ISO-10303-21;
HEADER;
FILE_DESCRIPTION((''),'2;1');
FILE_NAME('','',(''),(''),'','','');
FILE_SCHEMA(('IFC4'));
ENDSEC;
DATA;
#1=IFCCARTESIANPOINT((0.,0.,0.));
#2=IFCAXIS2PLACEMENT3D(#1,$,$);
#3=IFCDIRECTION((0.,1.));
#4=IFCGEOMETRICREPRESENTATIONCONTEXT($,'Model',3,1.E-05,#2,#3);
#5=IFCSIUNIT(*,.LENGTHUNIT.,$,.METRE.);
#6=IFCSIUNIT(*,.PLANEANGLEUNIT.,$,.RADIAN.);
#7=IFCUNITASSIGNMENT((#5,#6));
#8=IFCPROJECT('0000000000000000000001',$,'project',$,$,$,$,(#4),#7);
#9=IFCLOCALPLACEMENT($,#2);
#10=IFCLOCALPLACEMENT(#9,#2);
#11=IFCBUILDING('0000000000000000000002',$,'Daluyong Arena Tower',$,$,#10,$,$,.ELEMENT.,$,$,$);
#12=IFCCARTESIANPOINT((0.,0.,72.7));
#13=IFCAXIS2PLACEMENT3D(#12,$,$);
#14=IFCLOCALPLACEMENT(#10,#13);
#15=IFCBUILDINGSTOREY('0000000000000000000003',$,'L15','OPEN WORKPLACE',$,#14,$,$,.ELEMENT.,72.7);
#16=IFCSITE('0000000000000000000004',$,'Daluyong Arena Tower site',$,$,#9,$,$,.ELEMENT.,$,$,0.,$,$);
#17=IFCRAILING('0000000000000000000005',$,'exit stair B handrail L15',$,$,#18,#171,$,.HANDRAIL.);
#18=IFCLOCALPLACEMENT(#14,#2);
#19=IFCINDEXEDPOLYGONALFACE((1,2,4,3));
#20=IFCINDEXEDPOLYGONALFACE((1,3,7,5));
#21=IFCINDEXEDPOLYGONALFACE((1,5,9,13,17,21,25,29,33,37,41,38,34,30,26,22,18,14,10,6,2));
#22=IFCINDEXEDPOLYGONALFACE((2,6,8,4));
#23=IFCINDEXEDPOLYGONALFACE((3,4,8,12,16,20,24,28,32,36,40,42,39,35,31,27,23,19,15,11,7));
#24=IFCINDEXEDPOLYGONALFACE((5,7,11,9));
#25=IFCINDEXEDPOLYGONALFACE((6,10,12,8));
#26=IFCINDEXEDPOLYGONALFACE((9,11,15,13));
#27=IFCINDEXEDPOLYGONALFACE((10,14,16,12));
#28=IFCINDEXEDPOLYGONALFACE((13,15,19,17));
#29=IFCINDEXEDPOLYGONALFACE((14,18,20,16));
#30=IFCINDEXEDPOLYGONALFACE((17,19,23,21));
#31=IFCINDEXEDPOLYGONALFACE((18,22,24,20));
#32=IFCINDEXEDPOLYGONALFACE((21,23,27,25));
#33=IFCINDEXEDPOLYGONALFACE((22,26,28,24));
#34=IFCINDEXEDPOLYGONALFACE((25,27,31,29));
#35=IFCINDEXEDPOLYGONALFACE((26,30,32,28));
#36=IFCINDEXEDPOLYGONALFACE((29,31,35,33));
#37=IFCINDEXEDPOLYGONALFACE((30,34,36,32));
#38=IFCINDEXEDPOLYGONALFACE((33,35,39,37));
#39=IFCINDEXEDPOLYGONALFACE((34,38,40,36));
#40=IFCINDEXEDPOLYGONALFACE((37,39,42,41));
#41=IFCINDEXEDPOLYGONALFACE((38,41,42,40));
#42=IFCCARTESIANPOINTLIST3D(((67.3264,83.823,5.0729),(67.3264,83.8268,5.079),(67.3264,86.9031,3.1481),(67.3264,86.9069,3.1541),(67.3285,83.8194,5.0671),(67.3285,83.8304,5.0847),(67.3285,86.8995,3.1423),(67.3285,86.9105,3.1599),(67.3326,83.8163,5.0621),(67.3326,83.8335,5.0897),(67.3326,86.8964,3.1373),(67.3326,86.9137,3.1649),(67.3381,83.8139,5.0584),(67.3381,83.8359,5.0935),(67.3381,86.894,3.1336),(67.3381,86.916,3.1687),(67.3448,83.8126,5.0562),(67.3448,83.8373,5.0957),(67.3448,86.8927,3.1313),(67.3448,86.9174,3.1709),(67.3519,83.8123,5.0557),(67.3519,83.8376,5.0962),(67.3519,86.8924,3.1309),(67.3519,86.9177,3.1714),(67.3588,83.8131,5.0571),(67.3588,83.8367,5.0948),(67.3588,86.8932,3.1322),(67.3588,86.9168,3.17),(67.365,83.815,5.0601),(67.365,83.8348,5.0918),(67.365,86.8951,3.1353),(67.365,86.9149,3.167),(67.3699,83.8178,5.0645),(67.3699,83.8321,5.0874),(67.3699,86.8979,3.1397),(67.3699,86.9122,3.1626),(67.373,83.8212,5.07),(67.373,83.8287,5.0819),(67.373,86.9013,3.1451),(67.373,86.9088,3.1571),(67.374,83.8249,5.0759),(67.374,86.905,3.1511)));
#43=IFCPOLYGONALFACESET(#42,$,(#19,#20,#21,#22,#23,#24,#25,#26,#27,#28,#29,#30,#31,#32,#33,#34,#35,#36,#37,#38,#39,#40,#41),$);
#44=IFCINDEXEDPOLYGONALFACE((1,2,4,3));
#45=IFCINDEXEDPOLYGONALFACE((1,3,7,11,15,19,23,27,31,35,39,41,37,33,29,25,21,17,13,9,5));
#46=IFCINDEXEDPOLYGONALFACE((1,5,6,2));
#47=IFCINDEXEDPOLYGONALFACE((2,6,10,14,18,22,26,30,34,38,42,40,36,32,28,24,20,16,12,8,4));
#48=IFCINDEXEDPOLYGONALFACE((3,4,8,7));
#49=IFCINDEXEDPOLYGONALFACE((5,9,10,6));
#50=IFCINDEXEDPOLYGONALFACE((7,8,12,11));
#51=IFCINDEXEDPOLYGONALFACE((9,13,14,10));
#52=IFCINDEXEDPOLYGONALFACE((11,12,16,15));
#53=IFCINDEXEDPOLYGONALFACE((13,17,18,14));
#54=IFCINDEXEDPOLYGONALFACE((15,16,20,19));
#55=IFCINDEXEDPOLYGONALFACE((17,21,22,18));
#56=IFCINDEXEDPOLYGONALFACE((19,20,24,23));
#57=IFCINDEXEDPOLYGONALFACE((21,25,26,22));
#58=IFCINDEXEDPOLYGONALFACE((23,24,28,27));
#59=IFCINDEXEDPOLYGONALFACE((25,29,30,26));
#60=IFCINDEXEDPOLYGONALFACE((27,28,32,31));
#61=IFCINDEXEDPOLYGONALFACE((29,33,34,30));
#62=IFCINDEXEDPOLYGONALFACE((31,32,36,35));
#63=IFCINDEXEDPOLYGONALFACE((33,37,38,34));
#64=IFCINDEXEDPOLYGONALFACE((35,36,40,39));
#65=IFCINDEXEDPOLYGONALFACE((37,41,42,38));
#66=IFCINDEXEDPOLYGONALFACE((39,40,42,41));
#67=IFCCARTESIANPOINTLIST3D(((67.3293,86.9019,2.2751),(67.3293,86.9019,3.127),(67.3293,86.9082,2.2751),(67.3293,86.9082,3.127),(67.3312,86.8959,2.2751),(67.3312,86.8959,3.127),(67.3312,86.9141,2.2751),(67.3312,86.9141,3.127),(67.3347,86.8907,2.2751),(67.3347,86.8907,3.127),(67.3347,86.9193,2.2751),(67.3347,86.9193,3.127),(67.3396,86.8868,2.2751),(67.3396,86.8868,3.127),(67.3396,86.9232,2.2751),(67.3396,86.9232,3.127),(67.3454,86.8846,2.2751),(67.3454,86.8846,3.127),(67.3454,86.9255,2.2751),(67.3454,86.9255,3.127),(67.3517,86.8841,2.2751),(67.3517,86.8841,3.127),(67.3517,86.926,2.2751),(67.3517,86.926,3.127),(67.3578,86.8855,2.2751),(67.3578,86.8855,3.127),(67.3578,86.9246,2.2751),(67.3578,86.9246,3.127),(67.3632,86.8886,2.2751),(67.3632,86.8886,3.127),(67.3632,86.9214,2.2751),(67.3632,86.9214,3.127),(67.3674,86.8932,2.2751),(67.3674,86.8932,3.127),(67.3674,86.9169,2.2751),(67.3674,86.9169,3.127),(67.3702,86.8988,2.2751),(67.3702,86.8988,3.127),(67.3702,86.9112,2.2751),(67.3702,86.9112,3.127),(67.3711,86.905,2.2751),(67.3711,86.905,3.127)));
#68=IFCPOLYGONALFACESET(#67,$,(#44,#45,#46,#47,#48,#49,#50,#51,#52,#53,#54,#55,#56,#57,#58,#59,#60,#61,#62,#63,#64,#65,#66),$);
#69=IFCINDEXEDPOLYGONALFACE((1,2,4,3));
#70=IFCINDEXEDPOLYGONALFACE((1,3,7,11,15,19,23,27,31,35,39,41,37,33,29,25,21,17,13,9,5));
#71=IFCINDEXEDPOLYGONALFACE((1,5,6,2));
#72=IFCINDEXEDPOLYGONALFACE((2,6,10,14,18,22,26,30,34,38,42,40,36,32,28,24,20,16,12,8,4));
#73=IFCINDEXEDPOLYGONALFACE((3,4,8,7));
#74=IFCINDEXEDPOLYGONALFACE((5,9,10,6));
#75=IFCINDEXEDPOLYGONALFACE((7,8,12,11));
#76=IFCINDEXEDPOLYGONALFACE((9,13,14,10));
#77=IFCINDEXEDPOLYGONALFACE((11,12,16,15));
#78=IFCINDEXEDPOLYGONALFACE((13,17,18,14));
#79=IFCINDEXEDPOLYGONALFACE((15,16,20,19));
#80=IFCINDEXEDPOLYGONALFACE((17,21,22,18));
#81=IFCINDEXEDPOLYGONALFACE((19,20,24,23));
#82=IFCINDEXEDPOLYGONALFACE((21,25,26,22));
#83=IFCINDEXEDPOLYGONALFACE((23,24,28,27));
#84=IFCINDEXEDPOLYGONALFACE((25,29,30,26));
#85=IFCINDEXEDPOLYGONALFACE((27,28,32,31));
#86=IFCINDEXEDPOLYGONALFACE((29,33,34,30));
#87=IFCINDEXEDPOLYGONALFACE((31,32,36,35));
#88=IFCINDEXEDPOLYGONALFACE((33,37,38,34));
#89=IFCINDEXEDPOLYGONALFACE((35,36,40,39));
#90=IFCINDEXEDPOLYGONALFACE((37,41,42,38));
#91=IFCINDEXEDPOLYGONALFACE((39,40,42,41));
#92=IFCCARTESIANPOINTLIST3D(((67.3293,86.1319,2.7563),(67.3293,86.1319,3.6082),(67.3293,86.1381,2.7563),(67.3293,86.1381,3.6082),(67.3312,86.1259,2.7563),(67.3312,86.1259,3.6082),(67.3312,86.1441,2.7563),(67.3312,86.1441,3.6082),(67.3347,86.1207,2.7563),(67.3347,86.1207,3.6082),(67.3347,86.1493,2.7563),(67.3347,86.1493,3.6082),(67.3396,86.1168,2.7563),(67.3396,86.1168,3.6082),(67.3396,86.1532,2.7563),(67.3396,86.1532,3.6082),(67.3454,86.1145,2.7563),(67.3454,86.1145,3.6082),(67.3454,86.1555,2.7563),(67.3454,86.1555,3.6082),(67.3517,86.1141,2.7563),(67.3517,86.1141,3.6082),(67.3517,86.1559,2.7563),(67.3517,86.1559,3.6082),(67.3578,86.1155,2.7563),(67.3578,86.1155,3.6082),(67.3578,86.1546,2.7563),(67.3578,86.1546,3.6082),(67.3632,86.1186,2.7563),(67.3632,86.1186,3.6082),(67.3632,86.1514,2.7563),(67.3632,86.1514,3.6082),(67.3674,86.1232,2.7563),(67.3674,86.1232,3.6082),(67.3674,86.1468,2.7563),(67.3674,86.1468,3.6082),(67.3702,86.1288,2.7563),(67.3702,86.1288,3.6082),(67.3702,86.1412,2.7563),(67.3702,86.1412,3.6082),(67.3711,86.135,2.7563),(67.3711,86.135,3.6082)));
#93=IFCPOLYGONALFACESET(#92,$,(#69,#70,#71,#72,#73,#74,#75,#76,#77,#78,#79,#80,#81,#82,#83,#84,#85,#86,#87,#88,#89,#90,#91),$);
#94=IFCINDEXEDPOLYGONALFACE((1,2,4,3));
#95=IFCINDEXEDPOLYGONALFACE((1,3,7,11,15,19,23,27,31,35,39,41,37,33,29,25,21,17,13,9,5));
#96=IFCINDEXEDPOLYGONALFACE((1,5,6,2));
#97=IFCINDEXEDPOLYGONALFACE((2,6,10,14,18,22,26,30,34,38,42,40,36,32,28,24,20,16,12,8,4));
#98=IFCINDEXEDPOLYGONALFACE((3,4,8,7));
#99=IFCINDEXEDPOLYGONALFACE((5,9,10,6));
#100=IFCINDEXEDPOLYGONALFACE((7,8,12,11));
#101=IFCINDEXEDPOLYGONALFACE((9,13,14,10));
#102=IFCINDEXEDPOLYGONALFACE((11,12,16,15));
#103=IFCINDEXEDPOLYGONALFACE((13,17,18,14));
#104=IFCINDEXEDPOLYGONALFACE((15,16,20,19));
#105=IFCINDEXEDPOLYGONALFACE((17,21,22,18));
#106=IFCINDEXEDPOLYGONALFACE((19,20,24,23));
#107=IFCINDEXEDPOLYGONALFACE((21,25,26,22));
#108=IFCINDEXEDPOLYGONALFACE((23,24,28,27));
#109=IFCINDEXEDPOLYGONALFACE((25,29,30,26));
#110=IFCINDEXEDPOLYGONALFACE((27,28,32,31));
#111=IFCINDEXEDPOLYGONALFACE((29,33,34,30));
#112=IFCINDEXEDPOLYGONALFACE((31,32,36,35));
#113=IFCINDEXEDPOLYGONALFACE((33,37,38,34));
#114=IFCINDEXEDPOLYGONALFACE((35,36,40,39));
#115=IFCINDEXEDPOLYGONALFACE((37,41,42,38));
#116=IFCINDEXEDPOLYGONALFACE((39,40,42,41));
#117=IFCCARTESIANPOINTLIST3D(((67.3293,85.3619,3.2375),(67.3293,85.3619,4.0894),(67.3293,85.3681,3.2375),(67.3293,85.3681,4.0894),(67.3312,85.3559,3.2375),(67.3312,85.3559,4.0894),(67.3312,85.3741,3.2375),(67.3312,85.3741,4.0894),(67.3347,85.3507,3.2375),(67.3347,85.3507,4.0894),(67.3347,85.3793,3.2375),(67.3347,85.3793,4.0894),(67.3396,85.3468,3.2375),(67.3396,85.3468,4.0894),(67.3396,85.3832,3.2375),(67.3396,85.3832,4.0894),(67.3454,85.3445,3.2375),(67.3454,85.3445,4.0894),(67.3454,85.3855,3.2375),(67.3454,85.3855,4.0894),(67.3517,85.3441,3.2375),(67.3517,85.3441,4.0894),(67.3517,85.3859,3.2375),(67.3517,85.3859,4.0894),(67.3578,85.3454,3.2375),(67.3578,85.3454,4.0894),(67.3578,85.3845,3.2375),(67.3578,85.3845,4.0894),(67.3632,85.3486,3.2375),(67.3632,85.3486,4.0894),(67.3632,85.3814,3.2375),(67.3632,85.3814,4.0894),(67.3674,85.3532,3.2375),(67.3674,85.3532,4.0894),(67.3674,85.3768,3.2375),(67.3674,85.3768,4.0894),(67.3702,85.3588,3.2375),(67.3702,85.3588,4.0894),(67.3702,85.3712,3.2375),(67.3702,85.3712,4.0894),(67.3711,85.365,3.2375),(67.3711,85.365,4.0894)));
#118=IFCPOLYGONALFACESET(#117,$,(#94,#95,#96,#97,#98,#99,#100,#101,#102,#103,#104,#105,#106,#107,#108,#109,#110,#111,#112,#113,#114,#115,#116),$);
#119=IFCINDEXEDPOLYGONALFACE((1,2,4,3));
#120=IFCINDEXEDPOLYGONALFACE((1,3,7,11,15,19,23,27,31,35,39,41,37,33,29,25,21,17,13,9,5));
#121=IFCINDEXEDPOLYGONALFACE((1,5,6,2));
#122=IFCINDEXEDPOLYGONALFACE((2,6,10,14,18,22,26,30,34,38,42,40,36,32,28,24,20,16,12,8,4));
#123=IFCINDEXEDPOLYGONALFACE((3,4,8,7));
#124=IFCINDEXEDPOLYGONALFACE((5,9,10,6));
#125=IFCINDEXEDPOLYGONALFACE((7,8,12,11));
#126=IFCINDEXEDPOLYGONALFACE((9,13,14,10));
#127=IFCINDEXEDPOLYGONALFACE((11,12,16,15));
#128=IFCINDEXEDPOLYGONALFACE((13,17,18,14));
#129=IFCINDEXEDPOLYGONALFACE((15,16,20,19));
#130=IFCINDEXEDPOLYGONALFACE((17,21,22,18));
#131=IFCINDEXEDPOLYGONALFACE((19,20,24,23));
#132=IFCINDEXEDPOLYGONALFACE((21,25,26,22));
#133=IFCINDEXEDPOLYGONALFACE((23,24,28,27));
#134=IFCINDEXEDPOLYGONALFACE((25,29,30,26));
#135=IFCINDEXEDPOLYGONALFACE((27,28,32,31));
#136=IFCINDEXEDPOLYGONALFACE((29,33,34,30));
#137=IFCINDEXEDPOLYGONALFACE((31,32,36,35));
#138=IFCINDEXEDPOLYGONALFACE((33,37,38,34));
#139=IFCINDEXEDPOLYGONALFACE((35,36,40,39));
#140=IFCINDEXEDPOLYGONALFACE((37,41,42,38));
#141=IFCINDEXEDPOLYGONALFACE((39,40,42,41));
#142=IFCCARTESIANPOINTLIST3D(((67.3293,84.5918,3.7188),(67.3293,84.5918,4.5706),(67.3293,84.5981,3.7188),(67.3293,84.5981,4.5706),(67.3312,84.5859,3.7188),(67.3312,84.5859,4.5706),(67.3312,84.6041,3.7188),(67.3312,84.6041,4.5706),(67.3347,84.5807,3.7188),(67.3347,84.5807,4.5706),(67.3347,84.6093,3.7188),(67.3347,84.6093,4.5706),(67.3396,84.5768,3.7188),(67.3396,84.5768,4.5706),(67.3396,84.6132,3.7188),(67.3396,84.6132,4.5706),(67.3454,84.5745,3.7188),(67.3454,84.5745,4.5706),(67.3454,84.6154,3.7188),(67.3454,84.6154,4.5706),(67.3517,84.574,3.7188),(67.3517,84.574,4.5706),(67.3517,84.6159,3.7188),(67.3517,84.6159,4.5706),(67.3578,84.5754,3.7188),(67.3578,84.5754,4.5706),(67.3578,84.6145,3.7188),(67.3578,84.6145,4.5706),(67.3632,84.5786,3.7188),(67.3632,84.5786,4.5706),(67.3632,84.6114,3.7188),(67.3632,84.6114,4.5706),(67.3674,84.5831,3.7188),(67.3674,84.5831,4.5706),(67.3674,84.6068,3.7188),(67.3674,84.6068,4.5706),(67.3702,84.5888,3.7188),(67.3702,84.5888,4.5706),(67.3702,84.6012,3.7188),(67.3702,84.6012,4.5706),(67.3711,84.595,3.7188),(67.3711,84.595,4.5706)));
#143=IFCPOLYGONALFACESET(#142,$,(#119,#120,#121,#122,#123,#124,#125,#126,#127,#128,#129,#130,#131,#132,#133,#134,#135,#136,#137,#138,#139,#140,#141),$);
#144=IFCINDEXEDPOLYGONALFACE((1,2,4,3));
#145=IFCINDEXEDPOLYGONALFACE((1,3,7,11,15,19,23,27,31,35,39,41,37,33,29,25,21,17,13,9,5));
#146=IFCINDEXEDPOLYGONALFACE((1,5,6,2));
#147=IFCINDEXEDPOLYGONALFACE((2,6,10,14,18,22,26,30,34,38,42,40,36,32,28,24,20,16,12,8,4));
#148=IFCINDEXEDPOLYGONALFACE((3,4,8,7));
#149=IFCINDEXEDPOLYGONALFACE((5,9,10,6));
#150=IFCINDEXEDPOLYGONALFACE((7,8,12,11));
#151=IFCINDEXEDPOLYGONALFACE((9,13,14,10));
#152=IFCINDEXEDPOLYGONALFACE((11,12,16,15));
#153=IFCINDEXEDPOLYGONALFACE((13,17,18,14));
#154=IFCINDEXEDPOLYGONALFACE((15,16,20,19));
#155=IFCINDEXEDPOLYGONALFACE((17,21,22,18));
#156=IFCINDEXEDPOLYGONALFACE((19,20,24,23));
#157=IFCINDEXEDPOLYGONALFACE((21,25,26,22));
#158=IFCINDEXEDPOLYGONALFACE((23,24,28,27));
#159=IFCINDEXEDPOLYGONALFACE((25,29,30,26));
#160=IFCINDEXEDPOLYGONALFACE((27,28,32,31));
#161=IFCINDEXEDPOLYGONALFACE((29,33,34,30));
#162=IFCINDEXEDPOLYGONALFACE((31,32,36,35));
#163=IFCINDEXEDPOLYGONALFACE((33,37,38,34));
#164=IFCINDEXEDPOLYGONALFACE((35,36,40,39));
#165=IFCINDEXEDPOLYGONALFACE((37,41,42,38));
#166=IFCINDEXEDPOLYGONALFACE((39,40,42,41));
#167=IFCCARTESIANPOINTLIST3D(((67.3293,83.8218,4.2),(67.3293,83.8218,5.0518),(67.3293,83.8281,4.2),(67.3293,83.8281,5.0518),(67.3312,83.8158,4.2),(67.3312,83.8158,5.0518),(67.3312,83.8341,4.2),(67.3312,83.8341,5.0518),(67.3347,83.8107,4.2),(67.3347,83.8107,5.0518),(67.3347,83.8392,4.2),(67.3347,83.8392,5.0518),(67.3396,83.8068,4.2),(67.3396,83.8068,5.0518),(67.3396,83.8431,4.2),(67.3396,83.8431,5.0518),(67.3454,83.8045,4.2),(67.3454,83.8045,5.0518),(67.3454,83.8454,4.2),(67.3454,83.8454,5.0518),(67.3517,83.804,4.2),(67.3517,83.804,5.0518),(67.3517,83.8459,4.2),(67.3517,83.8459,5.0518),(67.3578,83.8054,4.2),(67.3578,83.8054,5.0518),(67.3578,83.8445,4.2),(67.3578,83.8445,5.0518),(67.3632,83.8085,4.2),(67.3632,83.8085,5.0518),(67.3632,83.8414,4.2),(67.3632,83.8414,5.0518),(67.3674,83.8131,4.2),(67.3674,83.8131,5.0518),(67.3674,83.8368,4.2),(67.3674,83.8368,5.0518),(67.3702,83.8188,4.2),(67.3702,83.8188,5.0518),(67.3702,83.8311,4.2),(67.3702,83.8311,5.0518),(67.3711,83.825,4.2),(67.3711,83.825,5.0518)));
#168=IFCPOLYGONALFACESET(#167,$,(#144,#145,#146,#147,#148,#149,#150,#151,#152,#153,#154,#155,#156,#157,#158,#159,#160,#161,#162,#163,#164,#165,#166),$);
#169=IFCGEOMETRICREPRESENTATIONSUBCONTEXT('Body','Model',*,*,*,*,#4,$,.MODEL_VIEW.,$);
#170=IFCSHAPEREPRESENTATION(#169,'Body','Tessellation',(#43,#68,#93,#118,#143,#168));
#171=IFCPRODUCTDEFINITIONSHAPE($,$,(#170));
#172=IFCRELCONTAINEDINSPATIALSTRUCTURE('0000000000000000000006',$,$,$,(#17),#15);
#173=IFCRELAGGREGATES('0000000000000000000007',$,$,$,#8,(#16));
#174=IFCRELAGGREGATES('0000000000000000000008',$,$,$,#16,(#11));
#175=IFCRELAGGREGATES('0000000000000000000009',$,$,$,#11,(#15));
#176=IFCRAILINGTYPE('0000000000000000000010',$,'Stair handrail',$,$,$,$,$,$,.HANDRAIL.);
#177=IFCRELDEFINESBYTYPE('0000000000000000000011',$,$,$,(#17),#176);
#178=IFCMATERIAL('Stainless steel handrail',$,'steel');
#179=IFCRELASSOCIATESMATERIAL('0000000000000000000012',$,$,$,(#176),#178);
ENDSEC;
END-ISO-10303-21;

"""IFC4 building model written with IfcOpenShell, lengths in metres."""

from ifc_helpers import new_model, si_unit, direction, frame, origin, origin_2d, place, context, subcontext, project, spatial, circle, extrude, material, type_object, element, save


model = new_model("IFC4")

# Units and contexts
model_context = context("Model", 3, precision=1e-05, world=origin(), true_north=direction((0.0, 1.0)))
body_context = subcontext(model_context, "Body", "Model", "MODEL_VIEW")
ifc_project = project(units=[si_unit("LENGTHUNIT", "METRE"), si_unit("PLANEANGLEUNIT", "RADIAN")], contexts=[model_context])

# Site, building, storey
site_placement = place(None, origin())
site = spatial("IfcSite", under=ifc_project, at=site_placement, Name="Daluyong Arena Tower site", CompositionType="ELEMENT", RefElevation=0.0)
building_placement = place(site_placement, origin())
building = spatial("IfcBuilding", under=site, at=building_placement, Name="Daluyong Arena Tower", CompositionType="ELEMENT")
storey_placement = place(building_placement, frame((0.0, 0.0, 72.7)))
storey = spatial("IfcBuildingStorey", under=building, at=storey_placement, Name="L15", Description="OPEN WORKPLACE", CompositionType="ELEMENT", Elevation=72.7)

# Railing
ifc_material_1 = material(Name="Stainless steel handrail", Category="steel")
railing_type_1 = type_object("IfcRailingType", Name="Stair handrail", PredefinedType="HANDRAIL", material=ifc_material_1)
railing_1_placement = place(storey_placement, frame((67.3501, 86.905, 2.2751)))
element("IfcRailing", 1, at=railing_1_placement, inside=storey, type_object=railing_type_1, Name="exit stair B handrail L15", PredefinedType="HANDRAIL", context=body_context, shape_type="SweptSolid", body=[
    extrude(circle(Radius=0.0239, at=origin_2d()), frame((0.0, 0.0, 0.876), z_axis=(0.0, -0.848029, 0.529951), x_axis=(1.0, 0.0, 0.0)), (0.0, 0.0, 1.0), 3.6321),
    extrude(circle(Radius=0.021, at=origin_2d()), origin(), (0.0, 0.0, 1.0), 0.8518),
    extrude(circle(Radius=0.021, at=origin_2d()), frame((0.0, -0.77, 0.4812)), (0.0, 0.0, 1.0), 0.8518),
    extrude(circle(Radius=0.021, at=origin_2d()), frame((0.0, -1.54, 0.9624)), (0.0, 0.0, 1.0), 0.8518),
    extrude(circle(Radius=0.021, at=origin_2d()), frame((0.0, -2.3101, 1.4436)), (0.0, 0.0, 1.0), 0.8518),
    extrude(circle(Radius=0.021, at=origin_2d()), frame((0.0, -3.0801, 1.9248)), (0.0, 0.0, 1.0), 0.8518),
])

save(model, "model.ifc")
